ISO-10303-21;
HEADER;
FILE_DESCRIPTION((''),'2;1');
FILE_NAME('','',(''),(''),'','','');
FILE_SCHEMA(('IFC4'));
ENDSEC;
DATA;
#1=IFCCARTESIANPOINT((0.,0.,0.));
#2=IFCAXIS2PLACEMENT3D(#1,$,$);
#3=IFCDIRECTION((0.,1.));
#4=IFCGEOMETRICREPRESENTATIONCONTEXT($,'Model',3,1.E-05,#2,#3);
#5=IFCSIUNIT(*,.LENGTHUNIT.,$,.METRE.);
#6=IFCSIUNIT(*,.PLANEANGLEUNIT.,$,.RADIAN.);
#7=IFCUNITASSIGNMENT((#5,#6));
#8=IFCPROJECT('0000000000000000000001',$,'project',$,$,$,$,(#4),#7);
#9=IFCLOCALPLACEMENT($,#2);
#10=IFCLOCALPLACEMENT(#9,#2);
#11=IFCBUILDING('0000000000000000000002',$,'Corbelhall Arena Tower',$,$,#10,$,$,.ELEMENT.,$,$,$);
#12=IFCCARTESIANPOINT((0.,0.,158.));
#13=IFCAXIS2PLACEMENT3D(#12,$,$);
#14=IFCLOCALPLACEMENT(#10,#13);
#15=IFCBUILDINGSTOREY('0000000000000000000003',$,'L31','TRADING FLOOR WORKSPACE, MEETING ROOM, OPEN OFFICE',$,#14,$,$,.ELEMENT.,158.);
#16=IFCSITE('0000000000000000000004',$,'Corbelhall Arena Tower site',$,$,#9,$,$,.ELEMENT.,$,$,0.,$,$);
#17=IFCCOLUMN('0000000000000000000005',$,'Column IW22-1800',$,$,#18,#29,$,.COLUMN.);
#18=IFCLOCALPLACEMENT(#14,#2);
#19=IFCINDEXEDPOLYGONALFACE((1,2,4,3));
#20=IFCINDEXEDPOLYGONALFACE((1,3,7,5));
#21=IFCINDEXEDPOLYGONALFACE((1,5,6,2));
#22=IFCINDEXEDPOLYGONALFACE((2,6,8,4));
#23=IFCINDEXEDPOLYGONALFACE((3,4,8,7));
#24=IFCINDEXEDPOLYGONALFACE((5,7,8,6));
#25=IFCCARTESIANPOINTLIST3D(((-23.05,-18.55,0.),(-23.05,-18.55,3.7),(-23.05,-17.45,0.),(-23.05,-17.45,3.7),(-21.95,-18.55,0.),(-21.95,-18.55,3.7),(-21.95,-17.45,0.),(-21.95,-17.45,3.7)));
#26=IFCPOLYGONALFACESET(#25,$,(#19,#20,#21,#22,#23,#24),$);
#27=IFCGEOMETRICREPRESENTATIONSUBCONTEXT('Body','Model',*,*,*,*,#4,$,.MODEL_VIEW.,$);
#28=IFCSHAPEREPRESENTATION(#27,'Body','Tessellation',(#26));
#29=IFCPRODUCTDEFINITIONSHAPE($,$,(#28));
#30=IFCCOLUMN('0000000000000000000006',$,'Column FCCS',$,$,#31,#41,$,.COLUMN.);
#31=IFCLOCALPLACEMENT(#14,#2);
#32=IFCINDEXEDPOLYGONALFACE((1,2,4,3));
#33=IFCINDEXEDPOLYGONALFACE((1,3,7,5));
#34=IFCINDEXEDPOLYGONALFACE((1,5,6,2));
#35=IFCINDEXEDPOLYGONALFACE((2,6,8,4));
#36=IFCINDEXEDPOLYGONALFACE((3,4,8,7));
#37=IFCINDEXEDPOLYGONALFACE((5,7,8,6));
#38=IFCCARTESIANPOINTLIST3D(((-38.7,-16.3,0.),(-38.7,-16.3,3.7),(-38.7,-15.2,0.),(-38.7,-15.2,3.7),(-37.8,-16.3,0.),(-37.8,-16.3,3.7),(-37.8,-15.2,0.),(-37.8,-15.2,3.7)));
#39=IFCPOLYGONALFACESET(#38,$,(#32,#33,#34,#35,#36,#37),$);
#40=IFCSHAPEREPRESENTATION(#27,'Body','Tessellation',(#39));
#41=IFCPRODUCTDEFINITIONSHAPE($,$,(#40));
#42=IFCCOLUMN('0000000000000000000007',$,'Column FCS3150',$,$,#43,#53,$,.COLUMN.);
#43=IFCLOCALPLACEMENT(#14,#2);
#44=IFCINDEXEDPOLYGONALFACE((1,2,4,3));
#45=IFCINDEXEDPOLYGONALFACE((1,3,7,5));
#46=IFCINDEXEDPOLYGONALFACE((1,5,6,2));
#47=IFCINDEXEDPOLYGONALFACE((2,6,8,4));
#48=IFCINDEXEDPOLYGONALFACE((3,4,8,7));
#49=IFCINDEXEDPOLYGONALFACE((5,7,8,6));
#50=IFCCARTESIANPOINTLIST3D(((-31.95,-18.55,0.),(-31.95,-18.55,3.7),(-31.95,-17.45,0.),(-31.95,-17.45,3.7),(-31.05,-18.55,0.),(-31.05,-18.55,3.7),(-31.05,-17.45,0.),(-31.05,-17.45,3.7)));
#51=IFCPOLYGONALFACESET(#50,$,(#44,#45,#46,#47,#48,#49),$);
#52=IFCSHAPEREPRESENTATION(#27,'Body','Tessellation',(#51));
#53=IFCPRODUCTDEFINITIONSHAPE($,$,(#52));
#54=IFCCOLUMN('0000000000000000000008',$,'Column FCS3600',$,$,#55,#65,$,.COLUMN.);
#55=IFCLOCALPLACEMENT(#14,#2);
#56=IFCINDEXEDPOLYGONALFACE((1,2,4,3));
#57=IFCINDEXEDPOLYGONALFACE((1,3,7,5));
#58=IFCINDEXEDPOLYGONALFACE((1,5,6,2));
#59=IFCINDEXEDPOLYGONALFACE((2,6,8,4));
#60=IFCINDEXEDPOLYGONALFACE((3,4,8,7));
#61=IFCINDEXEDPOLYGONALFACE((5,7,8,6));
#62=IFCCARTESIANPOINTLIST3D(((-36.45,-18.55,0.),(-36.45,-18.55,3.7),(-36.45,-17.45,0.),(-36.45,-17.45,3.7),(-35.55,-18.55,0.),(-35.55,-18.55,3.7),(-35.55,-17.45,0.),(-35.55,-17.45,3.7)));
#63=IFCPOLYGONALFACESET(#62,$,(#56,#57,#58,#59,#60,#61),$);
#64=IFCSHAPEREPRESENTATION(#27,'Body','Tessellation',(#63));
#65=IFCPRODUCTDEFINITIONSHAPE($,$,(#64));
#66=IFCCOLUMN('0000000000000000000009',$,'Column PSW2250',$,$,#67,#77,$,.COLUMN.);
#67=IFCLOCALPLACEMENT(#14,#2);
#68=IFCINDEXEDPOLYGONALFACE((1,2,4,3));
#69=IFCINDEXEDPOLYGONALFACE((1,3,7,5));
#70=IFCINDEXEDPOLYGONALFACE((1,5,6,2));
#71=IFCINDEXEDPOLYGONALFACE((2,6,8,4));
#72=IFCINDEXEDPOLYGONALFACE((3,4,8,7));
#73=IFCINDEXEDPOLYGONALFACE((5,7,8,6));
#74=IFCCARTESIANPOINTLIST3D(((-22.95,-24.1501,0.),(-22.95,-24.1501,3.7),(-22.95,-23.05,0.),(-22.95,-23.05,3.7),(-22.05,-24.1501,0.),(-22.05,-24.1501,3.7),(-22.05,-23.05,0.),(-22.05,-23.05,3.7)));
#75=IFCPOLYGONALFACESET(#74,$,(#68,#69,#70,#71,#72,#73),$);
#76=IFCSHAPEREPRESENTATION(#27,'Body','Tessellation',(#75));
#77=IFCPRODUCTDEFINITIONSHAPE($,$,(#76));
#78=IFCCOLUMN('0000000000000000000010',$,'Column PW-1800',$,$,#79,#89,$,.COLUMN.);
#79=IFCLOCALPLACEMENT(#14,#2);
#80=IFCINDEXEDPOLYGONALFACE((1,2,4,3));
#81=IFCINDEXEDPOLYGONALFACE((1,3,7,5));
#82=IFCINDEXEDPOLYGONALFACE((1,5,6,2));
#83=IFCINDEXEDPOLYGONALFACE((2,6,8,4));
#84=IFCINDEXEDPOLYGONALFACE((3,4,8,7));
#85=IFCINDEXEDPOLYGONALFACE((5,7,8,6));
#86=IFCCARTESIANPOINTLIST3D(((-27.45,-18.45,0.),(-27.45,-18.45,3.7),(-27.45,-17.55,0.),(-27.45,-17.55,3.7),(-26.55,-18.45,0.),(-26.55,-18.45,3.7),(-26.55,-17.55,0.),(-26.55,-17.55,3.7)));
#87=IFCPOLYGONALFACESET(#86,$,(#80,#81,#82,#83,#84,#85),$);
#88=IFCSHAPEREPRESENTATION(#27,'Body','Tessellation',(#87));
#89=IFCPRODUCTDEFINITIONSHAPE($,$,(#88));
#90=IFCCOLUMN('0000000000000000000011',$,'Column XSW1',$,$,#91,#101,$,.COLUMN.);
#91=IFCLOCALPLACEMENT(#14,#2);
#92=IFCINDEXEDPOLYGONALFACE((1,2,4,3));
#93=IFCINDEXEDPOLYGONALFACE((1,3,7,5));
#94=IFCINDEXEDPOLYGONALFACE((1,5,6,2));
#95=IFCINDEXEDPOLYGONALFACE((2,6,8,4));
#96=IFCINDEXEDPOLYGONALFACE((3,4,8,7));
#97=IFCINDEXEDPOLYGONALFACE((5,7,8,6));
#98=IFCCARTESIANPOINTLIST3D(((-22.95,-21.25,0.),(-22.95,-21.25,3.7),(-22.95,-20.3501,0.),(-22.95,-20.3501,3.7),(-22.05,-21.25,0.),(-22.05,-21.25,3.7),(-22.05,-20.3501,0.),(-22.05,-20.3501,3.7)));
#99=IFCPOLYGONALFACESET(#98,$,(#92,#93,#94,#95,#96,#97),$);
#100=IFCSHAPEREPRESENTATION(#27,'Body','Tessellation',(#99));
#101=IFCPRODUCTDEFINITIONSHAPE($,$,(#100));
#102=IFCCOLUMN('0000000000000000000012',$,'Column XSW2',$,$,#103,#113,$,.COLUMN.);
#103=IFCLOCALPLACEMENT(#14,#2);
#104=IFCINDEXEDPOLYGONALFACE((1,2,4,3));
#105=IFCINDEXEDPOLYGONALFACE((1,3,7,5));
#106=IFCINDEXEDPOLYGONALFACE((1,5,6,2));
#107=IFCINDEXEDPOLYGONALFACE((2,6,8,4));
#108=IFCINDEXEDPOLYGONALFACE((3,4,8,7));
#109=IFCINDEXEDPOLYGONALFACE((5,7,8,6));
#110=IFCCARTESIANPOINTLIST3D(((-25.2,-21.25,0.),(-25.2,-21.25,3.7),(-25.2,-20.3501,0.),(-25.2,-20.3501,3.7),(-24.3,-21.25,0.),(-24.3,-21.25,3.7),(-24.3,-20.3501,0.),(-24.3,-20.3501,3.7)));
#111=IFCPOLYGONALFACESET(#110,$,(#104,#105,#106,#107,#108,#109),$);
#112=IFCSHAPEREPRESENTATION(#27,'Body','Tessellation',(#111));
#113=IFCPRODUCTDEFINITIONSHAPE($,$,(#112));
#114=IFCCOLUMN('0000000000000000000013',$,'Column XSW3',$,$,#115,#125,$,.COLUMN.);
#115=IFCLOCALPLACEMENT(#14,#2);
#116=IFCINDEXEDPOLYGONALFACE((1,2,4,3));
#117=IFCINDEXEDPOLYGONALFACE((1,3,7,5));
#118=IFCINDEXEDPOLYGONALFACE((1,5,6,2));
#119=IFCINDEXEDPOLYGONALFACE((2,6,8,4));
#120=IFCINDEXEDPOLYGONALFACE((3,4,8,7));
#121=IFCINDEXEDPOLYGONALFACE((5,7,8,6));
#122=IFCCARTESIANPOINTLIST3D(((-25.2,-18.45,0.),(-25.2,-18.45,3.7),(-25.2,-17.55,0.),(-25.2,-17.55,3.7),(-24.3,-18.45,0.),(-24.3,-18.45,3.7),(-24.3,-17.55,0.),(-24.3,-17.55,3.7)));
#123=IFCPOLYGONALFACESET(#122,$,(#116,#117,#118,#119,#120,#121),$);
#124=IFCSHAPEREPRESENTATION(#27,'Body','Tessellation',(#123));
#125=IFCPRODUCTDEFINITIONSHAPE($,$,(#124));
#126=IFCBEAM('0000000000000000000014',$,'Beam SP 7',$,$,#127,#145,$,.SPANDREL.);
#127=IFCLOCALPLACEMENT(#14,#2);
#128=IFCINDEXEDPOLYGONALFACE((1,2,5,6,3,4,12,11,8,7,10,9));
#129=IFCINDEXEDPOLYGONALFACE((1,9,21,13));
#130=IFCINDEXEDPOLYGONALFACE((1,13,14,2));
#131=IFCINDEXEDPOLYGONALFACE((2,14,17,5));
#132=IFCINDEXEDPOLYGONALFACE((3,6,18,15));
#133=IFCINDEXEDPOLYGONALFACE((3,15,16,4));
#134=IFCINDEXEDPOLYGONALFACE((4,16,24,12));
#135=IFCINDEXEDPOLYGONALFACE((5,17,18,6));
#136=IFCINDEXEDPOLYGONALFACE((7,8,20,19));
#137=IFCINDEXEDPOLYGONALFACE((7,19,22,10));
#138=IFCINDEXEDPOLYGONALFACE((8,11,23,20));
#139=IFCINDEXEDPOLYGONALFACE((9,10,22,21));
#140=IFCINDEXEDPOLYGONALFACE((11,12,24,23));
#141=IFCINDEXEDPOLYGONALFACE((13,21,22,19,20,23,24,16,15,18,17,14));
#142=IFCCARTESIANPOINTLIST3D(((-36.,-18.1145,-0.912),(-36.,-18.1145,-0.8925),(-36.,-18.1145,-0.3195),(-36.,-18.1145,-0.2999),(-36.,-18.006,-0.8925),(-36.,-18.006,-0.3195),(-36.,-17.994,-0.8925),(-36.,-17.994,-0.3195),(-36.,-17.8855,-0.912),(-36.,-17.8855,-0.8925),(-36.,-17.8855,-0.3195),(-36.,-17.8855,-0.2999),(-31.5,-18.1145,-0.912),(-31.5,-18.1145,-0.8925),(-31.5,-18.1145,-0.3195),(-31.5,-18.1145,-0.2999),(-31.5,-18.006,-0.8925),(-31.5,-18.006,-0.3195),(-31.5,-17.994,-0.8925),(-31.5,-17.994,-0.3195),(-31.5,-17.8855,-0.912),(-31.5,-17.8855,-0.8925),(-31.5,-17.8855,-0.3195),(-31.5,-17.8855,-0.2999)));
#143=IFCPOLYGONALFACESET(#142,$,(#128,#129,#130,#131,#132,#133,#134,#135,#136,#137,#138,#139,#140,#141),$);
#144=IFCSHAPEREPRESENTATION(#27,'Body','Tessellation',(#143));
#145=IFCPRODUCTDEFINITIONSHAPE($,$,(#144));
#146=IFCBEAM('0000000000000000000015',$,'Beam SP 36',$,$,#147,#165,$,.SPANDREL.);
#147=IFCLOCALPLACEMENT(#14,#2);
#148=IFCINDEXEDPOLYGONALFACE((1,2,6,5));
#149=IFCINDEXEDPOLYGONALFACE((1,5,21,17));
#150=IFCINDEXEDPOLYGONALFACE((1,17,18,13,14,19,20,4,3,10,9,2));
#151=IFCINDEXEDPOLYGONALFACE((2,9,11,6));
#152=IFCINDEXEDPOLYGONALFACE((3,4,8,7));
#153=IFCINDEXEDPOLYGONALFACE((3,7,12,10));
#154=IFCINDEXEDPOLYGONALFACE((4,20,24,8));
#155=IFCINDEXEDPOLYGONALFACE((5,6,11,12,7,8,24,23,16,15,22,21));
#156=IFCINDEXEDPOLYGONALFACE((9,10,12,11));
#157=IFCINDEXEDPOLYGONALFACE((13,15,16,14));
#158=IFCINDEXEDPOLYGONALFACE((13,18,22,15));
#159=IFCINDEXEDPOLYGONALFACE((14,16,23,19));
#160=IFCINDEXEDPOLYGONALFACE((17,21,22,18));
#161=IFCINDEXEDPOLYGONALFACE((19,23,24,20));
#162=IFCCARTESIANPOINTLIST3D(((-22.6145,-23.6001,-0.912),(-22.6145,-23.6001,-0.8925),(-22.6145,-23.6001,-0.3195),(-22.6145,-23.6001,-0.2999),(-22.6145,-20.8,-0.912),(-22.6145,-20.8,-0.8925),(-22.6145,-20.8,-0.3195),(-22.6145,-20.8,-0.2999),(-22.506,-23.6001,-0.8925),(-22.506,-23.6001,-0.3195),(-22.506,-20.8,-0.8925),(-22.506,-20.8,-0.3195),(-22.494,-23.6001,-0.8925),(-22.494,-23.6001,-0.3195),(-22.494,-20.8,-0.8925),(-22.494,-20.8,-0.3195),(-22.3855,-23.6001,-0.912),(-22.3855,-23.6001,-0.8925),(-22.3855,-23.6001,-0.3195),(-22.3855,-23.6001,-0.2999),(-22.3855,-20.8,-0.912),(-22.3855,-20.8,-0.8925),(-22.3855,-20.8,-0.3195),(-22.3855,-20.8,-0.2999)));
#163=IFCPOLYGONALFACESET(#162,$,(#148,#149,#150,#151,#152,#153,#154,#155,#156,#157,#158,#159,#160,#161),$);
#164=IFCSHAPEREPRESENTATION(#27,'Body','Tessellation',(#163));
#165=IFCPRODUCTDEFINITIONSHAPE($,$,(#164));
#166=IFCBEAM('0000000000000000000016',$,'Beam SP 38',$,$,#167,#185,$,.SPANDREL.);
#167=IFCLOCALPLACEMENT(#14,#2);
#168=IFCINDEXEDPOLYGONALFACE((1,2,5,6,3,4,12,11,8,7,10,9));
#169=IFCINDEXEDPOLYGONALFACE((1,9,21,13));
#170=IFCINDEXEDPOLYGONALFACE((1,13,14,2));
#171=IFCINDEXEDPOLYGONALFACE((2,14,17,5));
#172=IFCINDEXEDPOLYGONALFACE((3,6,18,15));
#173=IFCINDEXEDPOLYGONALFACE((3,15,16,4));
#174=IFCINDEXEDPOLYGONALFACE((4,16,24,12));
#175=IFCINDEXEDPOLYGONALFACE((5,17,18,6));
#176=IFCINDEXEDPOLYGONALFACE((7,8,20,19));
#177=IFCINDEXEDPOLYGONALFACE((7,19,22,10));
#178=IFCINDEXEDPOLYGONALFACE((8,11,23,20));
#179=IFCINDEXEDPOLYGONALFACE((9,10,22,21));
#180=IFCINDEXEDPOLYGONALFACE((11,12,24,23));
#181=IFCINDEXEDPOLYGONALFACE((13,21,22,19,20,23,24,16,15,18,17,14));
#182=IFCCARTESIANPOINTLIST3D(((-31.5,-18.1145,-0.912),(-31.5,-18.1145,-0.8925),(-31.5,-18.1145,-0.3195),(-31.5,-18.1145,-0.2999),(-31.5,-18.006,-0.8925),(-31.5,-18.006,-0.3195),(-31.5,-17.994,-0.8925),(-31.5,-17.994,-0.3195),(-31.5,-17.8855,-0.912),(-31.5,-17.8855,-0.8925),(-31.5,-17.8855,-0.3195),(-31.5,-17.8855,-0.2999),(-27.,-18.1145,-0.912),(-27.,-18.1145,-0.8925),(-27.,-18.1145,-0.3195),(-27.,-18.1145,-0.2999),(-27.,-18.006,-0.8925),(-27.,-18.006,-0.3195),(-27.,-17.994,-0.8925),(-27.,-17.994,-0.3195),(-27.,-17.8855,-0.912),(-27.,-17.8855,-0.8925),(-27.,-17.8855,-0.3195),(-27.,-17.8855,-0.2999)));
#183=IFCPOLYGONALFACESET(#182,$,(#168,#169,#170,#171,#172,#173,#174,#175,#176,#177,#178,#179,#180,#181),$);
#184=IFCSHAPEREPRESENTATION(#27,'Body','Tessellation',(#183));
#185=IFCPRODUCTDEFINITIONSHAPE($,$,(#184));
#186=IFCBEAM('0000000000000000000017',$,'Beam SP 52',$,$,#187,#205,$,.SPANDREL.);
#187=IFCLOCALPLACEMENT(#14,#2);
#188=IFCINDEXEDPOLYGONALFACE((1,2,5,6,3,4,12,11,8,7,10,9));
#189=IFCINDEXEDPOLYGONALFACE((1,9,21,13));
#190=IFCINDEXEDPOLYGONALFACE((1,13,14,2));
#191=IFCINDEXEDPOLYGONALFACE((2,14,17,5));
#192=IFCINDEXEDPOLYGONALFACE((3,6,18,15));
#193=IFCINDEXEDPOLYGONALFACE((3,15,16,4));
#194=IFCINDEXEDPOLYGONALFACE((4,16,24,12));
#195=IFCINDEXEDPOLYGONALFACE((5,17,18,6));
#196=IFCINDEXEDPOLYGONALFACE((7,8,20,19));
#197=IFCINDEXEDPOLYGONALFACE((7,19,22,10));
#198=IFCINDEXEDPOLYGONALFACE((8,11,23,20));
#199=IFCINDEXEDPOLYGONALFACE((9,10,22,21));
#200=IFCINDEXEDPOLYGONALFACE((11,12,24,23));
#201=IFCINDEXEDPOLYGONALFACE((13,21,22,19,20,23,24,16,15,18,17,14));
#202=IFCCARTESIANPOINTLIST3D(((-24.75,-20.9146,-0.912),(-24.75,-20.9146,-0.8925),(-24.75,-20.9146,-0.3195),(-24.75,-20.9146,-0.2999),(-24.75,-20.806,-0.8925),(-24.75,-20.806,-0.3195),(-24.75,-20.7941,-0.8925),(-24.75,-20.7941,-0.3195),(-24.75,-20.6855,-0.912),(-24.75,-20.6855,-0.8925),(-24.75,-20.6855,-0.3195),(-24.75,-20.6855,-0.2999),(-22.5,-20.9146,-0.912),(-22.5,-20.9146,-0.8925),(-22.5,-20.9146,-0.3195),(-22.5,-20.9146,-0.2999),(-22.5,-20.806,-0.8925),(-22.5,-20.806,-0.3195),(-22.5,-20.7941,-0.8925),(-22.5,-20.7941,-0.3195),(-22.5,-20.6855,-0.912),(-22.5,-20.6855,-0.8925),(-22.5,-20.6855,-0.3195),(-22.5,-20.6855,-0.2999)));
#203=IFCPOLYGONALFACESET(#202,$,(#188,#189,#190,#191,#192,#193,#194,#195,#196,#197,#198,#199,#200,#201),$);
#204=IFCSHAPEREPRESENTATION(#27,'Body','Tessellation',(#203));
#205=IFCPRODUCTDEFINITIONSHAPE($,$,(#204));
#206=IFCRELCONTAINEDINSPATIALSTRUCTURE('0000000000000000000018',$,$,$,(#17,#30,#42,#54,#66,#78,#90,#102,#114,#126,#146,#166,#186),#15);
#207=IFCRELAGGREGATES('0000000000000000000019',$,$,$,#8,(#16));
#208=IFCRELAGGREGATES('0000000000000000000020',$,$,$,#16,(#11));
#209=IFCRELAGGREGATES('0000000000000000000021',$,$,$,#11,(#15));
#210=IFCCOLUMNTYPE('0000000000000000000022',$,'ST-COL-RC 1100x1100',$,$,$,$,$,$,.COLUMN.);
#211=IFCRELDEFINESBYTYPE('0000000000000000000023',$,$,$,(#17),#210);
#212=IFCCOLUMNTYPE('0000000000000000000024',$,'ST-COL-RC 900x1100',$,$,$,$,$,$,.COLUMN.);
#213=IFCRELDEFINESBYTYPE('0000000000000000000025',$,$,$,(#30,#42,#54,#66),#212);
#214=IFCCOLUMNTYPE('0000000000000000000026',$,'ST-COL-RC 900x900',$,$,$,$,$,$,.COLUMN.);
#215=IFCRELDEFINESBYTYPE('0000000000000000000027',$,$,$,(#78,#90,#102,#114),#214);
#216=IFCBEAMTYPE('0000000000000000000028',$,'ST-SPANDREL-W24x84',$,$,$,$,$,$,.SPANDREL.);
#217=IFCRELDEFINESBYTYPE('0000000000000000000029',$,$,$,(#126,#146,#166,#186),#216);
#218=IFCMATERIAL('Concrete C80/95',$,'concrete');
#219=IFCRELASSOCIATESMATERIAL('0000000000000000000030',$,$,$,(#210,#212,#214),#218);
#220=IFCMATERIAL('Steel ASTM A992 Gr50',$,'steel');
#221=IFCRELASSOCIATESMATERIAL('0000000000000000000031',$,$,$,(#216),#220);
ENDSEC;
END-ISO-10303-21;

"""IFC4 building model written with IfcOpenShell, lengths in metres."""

from ifc_helpers import new_model, si_unit, direction, frame, origin, origin_2d, place, context, subcontext, project, spatial, rectangle, i_section, extrude, material, material_profile, profile_set, type_object, element, save


model = new_model("IFC4")

# Units and contexts
model_context = context("Model", 3, precision=1e-05, world=origin(), true_north=direction((0.0, 1.0)))
body_context = subcontext(model_context, "Body", "Model", "MODEL_VIEW")
ifc_project = project(units=[si_unit("LENGTHUNIT", "METRE"), si_unit("PLANEANGLEUNIT", "RADIAN")], contexts=[model_context])

# Site, building, storey
site_placement = place(None, origin())
site = spatial("IfcSite", under=ifc_project, at=site_placement, Name="Corbelhall Arena Tower site", CompositionType="ELEMENT", RefElevation=0.0)
building_placement = place(site_placement, origin())
building = spatial("IfcBuilding", under=site, at=building_placement, Name="Corbelhall Arena Tower", CompositionType="ELEMENT")
storey_placement = place(building_placement, frame((0.0, 0.0, 158.0)))
storey = spatial("IfcBuildingStorey", under=building, at=storey_placement, Name="L31", Description="TRADING FLOOR WORKSPACE, MEETING ROOM, OPEN OFFICE", CompositionType="ELEMENT", Elevation=158.0)

# Columns
ifc_material_1 = material(Name="Concrete C80/95", Category="concrete")
ifc_material_profile_1 = material_profile(ifc_material_1, rectangle(XDim=1.1001, YDim=1.1001, at=origin_2d()))
ifc_profile_set_1 = profile_set([ifc_material_profile_1], Name="Concrete C80/95")
column_type_1 = type_object("IfcColumnType", Name="ST-COL-RC 1100x1100", PredefinedType="COLUMN", material=ifc_profile_set_1)
column_placement = place(storey_placement, frame((-22.5, -18.0, 0.0), z_axis=(0.0, 0.0, 1.0), x_axis=(1.0, 0.0, 0.0)))
element("IfcColumn", 1, at=column_placement, inside=storey, type_object=column_type_1, Name="Column IW22-1800", PredefinedType="COLUMN", context=body_context, shape_type="SweptSolid", body=[
    extrude(rectangle(XDim=1.1001, YDim=1.1001, at=origin_2d()), origin(), (0.0, 0.0, 1.0), 3.7),
])
ifc_material_profile_2 = material_profile(ifc_material_1, rectangle(XDim=0.8999, YDim=1.1001, at=origin_2d()))
ifc_profile_set_2 = profile_set([ifc_material_profile_2], Name="Concrete C80/95")
column_type_2 = type_object("IfcColumnType", Name="ST-COL-RC 900x1100", PredefinedType="COLUMN", material=ifc_profile_set_2)
for number, where, z_axis, x_axis, name in (
    (2, (-38.25, -15.75, 0.0), (0.0, 0.0, 1.0), (1.0, 0.0, 0.0), "Column FCCS"),
    (3, (-31.5, -18.0, 0.0), (0.0, 0.0, 1.0), (1.0, 0.0, 0.0), "Column FCS3150"),
    (4, (-36.0, -18.0, 0.0), (0.0, 0.0, 1.0), (1.0, 0.0, 0.0), "Column FCS3600"),
    (5, (-22.5, -23.6001, 0.0), (0.0, 0.0, 1.0), (1.0, 0.0, 0.0), "Column PSW2250"),
):
    element("IfcColumn", number, at=place(storey_placement, frame(where, z_axis=z_axis, x_axis=x_axis)), inside=storey, type_object=column_type_2, Name=name, PredefinedType="COLUMN", context=body_context, shape_type="SweptSolid", body=[
        extrude(rectangle(XDim=0.8999, YDim=1.1001, at=origin_2d()), origin(), (0.0, 0.0, 1.0), 3.7),
    ])
ifc_material_profile_3 = material_profile(ifc_material_1, rectangle(XDim=0.8999, YDim=0.8999, at=origin_2d()))
ifc_profile_set_3 = profile_set([ifc_material_profile_3], Name="Concrete C80/95")
column_type_3 = type_object("IfcColumnType", Name="ST-COL-RC 900x900", PredefinedType="COLUMN", material=ifc_profile_set_3)
for number, where, z_axis, x_axis, name in (
    (6, (-27.0, -18.0, 0.0), (0.0, 0.0, 1.0), (1.0, 0.0, 0.0), "Column PW-1800"),
    (7, (-22.5, -20.8, 0.0), (0.0, 0.0, 1.0), (1.0, 0.0, 0.0), "Column XSW1"),
    (8, (-24.75, -20.8, 0.0), (0.0, 0.0, 1.0), (1.0, 0.0, 0.0), "Column XSW2"),
    (9, (-24.75, -18.0, 0.0), (0.0, 0.0, 1.0), (1.0, 0.0, 0.0), "Column XSW3"),
):
    element("IfcColumn", number, at=place(storey_placement, frame(where, z_axis=z_axis, x_axis=x_axis)), inside=storey, type_object=column_type_3, Name=name, PredefinedType="COLUMN", context=body_context, shape_type="SweptSolid", body=[
        extrude(rectangle(XDim=0.8999, YDim=0.8999, at=origin_2d()), origin(), (0.0, 0.0, 1.0), 3.7),
    ])

# Beams
ifc_material_2 = material(Name="Steel ASTM A992 Gr50", Category="steel")
ifc_material_profile_4 = material_profile(ifc_material_2, i_section(OverallWidth=0.229, OverallDepth=0.6121, WebThickness=0.012, FlangeThickness=0.0195, at=origin_2d()))
ifc_profile_set_4 = profile_set([ifc_material_profile_4], Name="Steel ASTM A992 Gr50")
beam_type = type_object("IfcBeamType", Name="ST-SPANDREL-W24x84", PredefinedType="SPANDREL", material=ifc_profile_set_4)
beam_1_placement = place(storey_placement, frame((-31.5, -18.0, -0.606), z_axis=(-1.0, 0.0, 0.0), x_axis=(0.0, -1.0, 0.0)))
element("IfcBeam", 10, at=beam_1_placement, inside=storey, type_object=beam_type, Name="Beam SP 7", PredefinedType="SPANDREL", context=body_context, shape_type="SweptSolid", body=[
    extrude(i_section(OverallWidth=0.229, OverallDepth=0.6121, WebThickness=0.012, FlangeThickness=0.0195, at=origin_2d()), origin(), (0.0, 0.0, 1.0), 4.5),
])
beam_2_placement = place(storey_placement, frame((-22.5, -23.6001, -0.606), z_axis=(0.0, 1.0, 0.0), x_axis=(-1.0, 0.0, 0.0)))
element("IfcBeam", 11, at=beam_2_placement, inside=storey, type_object=beam_type, Name="Beam SP 36", PredefinedType="SPANDREL", context=body_context, shape_type="SweptSolid", body=[
    extrude(i_section(OverallWidth=0.229, OverallDepth=0.6121, WebThickness=0.012, FlangeThickness=0.0195, at=origin_2d()), origin(), (0.0, 0.0, 1.0), 2.8),
])
beam_3_placement = place(storey_placement, frame((-27.0, -18.0, -0.606), z_axis=(-1.0, 0.0, 0.0), x_axis=(0.0, -1.0, 0.0)))
element("IfcBeam", 12, at=beam_3_placement, inside=storey, type_object=beam_type, Name="Beam SP 38", PredefinedType="SPANDREL", context=body_context, shape_type="SweptSolid", body=[
    extrude(i_section(OverallWidth=0.229, OverallDepth=0.6121, WebThickness=0.012, FlangeThickness=0.0195, at=origin_2d()), origin(), (0.0, 0.0, 1.0), 4.5),
])
beam_4_placement = place(storey_placement, frame((-22.5, -20.8, -0.606), z_axis=(-1.0, 0.0, 0.0), x_axis=(0.0, -1.0, 0.0)))
element("IfcBeam", 13, at=beam_4_placement, inside=storey, type_object=beam_type, Name="Beam SP 52", PredefinedType="SPANDREL", context=body_context, shape_type="SweptSolid", body=[
    extrude(i_section(OverallWidth=0.229, OverallDepth=0.6121, WebThickness=0.012, FlangeThickness=0.0195, at=origin_2d()), origin(), (0.0, 0.0, 1.0), 2.25),
])

save(model, "model.ifc")
